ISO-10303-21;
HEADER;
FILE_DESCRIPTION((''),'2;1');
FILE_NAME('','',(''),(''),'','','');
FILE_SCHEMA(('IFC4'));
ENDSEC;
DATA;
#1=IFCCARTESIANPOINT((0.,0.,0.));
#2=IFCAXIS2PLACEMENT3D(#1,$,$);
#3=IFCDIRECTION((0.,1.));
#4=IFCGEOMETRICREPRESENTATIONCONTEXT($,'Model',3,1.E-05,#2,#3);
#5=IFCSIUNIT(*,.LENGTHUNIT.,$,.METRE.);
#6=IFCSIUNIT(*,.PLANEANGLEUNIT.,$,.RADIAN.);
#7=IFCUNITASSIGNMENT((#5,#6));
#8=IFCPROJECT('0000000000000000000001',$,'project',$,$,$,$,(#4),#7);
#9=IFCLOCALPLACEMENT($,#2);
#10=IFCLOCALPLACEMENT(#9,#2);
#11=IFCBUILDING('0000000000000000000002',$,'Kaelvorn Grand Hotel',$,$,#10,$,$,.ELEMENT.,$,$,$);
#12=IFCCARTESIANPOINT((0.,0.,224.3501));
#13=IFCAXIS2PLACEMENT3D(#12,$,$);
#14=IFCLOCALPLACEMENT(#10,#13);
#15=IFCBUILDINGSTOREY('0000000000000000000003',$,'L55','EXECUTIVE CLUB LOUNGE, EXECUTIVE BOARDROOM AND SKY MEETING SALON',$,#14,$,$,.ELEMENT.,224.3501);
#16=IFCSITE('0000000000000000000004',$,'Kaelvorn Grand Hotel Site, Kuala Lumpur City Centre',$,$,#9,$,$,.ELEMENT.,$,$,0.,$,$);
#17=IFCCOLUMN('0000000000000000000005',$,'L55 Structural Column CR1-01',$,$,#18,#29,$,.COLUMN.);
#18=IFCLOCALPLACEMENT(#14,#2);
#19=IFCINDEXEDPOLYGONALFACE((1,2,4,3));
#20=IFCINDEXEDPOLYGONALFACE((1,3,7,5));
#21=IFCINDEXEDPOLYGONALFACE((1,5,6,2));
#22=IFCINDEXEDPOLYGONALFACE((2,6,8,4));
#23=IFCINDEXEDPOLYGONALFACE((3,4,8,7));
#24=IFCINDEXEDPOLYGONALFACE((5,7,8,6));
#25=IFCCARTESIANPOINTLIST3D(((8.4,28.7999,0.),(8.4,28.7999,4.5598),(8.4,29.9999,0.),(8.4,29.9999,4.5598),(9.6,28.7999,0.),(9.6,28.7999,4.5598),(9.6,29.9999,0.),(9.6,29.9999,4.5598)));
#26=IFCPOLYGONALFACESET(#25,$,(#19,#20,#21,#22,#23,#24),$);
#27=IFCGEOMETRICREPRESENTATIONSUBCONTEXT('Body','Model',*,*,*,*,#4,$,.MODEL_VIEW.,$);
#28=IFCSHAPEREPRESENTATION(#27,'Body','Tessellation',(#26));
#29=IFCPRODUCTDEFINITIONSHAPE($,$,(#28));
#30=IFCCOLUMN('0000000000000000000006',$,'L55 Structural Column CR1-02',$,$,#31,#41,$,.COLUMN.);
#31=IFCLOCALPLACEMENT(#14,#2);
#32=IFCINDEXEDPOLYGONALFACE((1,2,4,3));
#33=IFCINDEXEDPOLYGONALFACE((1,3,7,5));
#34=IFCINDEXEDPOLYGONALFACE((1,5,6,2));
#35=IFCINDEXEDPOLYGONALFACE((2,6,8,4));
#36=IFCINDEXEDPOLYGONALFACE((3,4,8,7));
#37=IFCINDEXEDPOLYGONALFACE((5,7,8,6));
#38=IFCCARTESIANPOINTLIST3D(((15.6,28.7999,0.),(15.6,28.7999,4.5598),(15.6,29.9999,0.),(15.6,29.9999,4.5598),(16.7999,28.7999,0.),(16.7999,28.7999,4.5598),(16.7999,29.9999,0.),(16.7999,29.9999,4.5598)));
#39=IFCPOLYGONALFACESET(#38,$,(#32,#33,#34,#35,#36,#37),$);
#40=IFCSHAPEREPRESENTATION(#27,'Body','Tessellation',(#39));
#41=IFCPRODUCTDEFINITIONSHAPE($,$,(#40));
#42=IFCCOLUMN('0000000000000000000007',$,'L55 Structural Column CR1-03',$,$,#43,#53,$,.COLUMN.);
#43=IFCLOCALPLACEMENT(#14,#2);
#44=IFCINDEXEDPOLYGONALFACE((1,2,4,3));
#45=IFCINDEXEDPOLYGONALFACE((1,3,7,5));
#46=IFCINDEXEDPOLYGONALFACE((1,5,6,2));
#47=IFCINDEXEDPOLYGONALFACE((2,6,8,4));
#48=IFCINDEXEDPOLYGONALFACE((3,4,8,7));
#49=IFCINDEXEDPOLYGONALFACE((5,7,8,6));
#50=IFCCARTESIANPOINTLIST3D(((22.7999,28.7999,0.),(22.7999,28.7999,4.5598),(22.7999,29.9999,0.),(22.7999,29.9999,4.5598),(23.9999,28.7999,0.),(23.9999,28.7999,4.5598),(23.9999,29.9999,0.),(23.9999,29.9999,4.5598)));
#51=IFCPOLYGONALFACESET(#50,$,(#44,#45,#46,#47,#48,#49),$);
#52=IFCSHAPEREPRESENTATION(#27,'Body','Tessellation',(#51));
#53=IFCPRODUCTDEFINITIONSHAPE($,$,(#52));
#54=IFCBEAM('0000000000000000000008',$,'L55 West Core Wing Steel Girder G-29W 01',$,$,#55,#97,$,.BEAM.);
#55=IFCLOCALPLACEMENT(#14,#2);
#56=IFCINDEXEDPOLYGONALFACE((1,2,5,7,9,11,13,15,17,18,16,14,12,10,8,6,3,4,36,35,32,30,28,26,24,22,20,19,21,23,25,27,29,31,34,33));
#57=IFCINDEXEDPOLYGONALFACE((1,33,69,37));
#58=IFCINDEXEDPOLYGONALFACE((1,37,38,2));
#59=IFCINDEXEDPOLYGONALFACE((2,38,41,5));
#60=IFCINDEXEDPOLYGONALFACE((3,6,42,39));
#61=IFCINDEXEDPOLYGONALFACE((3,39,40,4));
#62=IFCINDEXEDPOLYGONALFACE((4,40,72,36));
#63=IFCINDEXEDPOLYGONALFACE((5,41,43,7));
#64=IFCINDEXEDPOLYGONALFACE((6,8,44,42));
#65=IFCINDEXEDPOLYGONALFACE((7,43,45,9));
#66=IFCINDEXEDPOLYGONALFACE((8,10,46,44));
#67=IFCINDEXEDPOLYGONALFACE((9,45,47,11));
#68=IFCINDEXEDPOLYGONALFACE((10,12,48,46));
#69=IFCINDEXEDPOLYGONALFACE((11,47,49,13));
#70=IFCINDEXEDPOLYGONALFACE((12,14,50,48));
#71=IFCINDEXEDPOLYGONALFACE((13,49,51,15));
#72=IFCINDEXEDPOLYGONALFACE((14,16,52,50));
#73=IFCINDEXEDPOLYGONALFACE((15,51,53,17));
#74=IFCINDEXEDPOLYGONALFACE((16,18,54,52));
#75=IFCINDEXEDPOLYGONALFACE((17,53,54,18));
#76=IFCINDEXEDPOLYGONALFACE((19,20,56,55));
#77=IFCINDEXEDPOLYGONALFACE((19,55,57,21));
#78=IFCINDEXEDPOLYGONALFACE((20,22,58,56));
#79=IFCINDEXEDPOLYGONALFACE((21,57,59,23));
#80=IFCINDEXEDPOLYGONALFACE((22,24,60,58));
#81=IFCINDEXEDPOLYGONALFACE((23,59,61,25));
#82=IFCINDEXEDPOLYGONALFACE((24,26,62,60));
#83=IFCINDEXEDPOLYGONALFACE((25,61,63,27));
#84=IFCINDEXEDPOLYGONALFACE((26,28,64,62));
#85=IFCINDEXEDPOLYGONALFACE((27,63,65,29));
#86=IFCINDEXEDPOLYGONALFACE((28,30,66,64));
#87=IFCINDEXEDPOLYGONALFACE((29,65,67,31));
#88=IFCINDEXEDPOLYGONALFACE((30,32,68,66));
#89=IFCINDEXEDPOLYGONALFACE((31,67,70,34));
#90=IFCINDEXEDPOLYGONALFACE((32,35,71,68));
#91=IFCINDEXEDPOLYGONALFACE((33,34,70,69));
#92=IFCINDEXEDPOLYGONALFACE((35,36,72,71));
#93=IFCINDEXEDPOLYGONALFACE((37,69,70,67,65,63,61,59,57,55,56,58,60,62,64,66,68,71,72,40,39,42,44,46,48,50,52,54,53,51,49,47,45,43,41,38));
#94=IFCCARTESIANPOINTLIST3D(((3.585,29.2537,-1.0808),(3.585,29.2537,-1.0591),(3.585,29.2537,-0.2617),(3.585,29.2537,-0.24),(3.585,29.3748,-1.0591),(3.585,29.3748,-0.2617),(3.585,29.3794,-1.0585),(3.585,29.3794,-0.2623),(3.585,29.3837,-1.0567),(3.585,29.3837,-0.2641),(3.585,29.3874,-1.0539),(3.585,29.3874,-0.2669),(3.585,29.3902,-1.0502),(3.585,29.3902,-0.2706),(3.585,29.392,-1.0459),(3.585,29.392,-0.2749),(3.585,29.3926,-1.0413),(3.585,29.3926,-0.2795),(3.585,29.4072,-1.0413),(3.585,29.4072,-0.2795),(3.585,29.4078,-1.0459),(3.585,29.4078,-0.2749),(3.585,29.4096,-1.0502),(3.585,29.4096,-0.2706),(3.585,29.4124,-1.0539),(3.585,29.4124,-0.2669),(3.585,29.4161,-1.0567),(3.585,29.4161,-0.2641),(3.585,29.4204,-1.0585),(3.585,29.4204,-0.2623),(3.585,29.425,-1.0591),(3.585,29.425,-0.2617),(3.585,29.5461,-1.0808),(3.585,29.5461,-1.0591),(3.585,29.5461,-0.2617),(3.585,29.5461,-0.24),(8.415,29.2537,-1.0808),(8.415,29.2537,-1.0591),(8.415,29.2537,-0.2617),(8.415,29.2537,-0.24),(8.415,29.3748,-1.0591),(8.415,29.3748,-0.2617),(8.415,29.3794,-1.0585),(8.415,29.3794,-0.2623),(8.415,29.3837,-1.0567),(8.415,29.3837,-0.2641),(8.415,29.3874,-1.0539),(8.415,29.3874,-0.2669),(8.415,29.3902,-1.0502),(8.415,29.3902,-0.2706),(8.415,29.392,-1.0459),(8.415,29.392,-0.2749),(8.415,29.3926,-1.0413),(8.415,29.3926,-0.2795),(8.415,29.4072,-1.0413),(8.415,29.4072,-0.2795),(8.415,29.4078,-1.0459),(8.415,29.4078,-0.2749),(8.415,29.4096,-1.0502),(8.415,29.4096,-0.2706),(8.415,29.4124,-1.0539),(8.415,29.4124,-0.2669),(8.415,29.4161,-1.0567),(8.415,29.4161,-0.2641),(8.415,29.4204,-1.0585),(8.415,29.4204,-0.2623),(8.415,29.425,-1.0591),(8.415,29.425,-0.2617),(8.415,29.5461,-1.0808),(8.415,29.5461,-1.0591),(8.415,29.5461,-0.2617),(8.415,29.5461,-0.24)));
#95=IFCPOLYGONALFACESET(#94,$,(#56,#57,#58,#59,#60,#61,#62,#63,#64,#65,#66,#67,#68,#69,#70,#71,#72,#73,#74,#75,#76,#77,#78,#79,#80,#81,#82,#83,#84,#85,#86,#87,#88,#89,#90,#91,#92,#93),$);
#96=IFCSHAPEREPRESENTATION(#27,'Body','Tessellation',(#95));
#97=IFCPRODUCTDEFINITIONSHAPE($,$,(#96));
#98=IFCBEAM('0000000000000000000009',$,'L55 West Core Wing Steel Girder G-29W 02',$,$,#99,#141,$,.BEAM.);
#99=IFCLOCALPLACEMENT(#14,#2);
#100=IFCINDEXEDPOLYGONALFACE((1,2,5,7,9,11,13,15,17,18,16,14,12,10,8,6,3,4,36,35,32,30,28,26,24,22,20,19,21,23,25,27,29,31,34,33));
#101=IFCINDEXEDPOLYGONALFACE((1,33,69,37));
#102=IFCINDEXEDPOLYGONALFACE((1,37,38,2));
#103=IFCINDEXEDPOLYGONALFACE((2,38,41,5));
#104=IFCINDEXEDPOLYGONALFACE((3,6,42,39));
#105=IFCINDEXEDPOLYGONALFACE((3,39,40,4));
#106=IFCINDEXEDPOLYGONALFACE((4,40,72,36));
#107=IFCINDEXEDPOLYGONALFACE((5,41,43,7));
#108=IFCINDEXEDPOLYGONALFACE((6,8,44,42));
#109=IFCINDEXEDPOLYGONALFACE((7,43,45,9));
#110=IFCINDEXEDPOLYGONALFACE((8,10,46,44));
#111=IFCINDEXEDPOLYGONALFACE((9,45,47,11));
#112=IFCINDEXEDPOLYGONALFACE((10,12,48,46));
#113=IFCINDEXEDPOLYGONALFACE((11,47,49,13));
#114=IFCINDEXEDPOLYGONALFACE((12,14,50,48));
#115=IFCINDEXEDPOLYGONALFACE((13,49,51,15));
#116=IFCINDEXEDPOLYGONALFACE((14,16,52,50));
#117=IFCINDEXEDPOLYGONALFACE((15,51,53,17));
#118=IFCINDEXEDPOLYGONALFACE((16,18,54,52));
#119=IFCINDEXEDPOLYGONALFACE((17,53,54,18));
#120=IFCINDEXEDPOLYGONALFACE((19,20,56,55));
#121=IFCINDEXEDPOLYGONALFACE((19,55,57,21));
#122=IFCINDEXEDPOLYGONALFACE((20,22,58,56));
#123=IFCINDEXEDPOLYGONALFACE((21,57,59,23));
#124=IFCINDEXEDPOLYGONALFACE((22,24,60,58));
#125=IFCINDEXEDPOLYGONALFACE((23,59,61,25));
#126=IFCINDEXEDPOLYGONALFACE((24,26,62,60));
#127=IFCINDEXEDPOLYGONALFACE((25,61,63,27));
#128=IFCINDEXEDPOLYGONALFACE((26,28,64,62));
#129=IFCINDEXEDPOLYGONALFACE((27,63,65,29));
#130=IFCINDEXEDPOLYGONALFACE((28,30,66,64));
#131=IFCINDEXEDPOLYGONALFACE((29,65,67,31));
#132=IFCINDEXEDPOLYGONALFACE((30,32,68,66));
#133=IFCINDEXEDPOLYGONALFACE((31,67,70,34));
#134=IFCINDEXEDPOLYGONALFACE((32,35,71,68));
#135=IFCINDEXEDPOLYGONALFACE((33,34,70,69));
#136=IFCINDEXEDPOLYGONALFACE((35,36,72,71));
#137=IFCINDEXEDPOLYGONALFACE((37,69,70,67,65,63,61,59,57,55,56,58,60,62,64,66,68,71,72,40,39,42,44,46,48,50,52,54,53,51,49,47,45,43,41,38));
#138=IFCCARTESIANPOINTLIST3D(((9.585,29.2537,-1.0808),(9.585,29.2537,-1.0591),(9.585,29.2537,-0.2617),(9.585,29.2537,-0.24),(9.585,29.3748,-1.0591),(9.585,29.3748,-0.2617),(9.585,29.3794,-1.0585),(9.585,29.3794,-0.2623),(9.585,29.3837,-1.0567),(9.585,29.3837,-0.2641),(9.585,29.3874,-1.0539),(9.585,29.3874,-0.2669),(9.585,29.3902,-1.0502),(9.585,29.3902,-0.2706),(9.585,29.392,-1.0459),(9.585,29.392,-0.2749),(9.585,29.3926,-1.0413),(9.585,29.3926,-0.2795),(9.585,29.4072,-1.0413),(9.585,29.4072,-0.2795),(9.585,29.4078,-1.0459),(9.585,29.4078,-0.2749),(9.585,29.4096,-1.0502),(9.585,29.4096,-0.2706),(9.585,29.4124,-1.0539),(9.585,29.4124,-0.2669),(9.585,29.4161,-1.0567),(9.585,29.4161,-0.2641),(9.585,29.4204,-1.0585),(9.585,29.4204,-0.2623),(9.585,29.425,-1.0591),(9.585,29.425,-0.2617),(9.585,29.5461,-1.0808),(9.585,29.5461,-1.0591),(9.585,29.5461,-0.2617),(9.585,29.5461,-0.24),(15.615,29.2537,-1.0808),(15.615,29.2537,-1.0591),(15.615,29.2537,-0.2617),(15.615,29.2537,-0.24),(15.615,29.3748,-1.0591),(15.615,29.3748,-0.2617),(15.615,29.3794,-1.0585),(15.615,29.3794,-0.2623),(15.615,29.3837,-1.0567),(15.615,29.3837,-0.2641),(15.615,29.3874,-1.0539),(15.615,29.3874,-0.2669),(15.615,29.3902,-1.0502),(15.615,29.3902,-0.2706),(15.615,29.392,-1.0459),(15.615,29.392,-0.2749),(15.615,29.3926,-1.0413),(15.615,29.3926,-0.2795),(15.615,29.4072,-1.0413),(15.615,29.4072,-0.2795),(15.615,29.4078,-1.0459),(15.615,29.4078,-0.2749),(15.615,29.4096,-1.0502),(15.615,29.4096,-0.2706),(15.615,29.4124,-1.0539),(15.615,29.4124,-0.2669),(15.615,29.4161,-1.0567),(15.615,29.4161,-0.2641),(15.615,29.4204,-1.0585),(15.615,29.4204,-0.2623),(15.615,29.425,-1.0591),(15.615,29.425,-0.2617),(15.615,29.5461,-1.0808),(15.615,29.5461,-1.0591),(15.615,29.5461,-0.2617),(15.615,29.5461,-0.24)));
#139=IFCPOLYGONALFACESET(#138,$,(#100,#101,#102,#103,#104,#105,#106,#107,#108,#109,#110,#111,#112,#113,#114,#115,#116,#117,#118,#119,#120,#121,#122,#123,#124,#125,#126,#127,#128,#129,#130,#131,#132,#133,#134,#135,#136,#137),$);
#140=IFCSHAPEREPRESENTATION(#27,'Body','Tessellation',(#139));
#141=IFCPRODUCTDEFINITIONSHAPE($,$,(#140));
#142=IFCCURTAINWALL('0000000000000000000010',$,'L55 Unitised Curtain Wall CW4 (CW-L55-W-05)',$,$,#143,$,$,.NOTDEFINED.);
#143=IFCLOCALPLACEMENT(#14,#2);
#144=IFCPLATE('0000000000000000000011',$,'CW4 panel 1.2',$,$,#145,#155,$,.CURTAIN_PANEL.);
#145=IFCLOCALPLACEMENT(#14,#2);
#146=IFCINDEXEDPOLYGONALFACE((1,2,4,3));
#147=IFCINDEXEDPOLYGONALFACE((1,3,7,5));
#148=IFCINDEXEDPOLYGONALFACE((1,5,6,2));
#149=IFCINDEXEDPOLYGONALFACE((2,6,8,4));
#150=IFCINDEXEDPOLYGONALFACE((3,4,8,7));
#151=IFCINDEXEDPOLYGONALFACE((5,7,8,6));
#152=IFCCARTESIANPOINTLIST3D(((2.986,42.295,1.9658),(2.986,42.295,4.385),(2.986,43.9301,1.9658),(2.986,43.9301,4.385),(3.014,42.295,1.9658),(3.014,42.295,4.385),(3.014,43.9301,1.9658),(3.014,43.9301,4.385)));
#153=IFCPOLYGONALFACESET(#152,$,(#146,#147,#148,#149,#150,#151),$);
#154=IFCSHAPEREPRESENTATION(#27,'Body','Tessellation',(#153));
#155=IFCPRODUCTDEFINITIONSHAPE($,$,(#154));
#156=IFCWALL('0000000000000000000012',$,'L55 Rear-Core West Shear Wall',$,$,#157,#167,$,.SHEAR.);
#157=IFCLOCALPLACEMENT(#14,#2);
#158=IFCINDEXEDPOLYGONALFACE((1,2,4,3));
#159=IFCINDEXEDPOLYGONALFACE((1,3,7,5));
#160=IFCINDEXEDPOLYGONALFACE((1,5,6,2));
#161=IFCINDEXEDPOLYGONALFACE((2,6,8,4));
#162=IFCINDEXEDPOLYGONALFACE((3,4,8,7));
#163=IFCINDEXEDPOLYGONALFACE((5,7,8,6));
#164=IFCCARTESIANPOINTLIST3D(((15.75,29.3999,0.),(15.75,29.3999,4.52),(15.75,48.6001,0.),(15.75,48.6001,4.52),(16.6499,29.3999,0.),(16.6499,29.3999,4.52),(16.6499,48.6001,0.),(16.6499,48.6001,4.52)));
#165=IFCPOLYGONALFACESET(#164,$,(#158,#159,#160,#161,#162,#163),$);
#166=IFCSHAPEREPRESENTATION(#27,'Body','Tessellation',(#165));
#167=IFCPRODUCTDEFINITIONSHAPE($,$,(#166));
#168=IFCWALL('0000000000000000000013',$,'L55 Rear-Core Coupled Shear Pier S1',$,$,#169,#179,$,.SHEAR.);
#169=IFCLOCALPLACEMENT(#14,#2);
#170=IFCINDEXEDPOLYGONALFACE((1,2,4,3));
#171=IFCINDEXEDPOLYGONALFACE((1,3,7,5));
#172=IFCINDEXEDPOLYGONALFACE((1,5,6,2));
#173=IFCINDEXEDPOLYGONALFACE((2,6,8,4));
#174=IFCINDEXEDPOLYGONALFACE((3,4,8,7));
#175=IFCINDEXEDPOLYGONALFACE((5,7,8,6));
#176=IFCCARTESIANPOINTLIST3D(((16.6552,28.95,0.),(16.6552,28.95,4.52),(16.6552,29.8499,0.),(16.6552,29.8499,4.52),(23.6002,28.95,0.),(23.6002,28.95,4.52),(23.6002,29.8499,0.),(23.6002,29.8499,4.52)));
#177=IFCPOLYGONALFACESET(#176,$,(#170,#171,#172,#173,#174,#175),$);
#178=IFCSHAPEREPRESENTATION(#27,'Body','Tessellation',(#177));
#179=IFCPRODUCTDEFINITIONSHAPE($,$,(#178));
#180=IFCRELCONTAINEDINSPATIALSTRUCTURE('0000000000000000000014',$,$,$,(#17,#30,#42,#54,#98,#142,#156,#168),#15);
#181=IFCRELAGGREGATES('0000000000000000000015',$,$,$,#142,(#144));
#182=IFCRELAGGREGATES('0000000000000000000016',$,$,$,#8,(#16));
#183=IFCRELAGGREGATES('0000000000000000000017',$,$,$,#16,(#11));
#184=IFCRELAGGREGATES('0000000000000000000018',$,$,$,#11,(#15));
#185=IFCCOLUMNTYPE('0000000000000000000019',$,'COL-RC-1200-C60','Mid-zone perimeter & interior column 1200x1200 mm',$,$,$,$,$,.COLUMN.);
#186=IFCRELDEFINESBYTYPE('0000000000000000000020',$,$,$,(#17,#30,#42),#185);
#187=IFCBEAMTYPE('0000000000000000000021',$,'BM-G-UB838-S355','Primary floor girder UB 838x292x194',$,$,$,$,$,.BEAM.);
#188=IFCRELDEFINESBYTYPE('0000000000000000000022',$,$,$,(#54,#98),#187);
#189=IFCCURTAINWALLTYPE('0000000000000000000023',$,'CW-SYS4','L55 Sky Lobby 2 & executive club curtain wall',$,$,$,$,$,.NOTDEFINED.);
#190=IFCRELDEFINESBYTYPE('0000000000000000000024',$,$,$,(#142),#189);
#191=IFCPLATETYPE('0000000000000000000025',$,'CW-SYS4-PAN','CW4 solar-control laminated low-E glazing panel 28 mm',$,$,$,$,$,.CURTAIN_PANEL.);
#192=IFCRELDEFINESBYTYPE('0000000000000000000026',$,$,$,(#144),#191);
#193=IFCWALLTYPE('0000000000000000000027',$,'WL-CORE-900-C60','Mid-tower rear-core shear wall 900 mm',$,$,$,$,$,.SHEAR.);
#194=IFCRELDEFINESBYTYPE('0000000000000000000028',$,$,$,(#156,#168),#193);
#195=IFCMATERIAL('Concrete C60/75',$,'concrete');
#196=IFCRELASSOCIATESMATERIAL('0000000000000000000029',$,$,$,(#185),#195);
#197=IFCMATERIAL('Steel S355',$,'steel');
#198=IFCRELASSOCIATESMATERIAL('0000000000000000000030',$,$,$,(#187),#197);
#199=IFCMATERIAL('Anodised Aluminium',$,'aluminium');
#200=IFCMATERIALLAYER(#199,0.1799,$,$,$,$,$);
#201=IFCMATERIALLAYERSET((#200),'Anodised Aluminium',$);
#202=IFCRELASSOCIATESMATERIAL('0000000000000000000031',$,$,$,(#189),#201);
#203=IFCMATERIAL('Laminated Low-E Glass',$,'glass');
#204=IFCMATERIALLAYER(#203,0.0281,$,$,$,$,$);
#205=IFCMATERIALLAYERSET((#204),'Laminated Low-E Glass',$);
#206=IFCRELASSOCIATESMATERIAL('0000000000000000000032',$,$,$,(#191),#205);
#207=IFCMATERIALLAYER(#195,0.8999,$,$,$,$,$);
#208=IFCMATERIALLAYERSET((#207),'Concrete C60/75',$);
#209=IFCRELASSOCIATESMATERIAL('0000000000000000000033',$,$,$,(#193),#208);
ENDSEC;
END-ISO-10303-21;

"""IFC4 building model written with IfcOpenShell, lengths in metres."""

from ifc_helpers import new_model, si_unit, direction, frame, frame_2d, origin, origin_2d, place, context, subcontext, project, spatial, rectangle, i_section, extrude, material, layer, layer_set, material_profile, profile_set, type_object, element, aggregate, save


model = new_model("IFC4")

# Units and contexts
model_context = context("Model", 3, precision=1e-05, world=origin(), true_north=direction((0.0, 1.0)))
body_context = subcontext(model_context, "Body", "Model", "MODEL_VIEW")
ifc_project = project(units=[si_unit("LENGTHUNIT", "METRE"), si_unit("PLANEANGLEUNIT", "RADIAN")], contexts=[model_context])

# Site, building, storey
site_placement = place(None, origin())
site = spatial("IfcSite", under=ifc_project, at=site_placement, Name="Kaelvorn Grand Hotel Site, Kuala Lumpur City Centre", CompositionType="ELEMENT", RefElevation=0.0)
building_placement = place(site_placement, origin())
building = spatial("IfcBuilding", under=site, at=building_placement, Name="Kaelvorn Grand Hotel", CompositionType="ELEMENT")
storey_placement = place(building_placement, frame((0.0, 0.0, 224.3501)))
storey = spatial("IfcBuildingStorey", under=building, at=storey_placement, Name="L55", Description="EXECUTIVE CLUB LOUNGE, EXECUTIVE BOARDROOM AND SKY MEETING SALON", CompositionType="ELEMENT", Elevation=224.3501)

# Columns
ifc_material_1 = material(Name="Concrete C60/75", Category="concrete")
ifc_material_profile_1 = material_profile(ifc_material_1, rectangle(XDim=1.2, YDim=1.2, at=origin_2d()), Name="RC COL 1200x1200")
ifc_profile_set_1 = profile_set([ifc_material_profile_1], Name="Concrete C60/75")
column_type = type_object("IfcColumnType", Name="COL-RC-1200-C60", Description="Mid-zone perimeter & interior column 1200x1200 mm", PredefinedType="COLUMN", material=ifc_profile_set_1)
for number, where, z_axis, x_axis, name in (
    (1, (9.0, 29.3999, 0.0), (0.0, 0.0, 1.0), (1.0, 0.0, 0.0), "L55 Structural Column CR1-01"),
    (2, (16.2, 29.3999, 0.0), (0.0, 0.0, 1.0), (1.0, 0.0, 0.0), "L55 Structural Column CR1-02"),
    (3, (23.3999, 29.3999, 0.0), (0.0, 0.0, 1.0), (1.0, 0.0, 0.0), "L55 Structural Column CR1-03"),
):
    element("IfcColumn", number, at=place(storey_placement, frame(where, z_axis=z_axis, x_axis=x_axis)), inside=storey, type_object=column_type, Name=name, PredefinedType="COLUMN", context=body_context, shape_type="SweptSolid", body=[
        extrude(rectangle(XDim=1.2, YDim=1.2, at=origin_2d()), origin(), (0.0, 0.0, 1.0), 4.5598),
    ])

# Beams
ifc_material_2 = material(Name="Steel S355", Category="steel")
ifc_material_profile_2 = material_profile(ifc_material_2, i_section(OverallWidth=0.2925, OverallDepth=0.8408, WebThickness=0.0146, FlangeThickness=0.0217, FilletRadius=0.0178, at=origin_2d()), Name="UB 838x292x194")
ifc_profile_set_2 = profile_set([ifc_material_profile_2], Name="Steel S355")
beam_type = type_object("IfcBeamType", Name="BM-G-UB838-S355", Description="Primary floor girder UB 838x292x194", PredefinedType="BEAM", material=ifc_profile_set_2)
beam_1_placement = place(storey_placement, frame((3.585, 29.3999, -0.6604), z_axis=(1.0, 0.0, 0.0), x_axis=(0.0, 1.0, 0.0)))
element("IfcBeam", 4, at=beam_1_placement, inside=storey, type_object=beam_type, Name="L55 West Core Wing Steel Girder G-29W 01", PredefinedType="BEAM", context=body_context, shape_type="SweptSolid", body=[
    extrude(i_section(OverallWidth=0.2925, OverallDepth=0.8408, WebThickness=0.0146, FlangeThickness=0.0217, FilletRadius=0.0178, at=origin_2d()), origin(), (0.0, 0.0, 1.0), 4.8301),
])
beam_2_placement = place(storey_placement, frame((9.585, 29.3999, -0.6604), z_axis=(1.0, 0.0, 0.0), x_axis=(0.0, 1.0, 0.0)))
element("IfcBeam", 5, at=beam_2_placement, inside=storey, type_object=beam_type, Name="L55 West Core Wing Steel Girder G-29W 02", PredefinedType="BEAM", context=body_context, shape_type="SweptSolid", body=[
    extrude(i_section(OverallWidth=0.2925, OverallDepth=0.8408, WebThickness=0.0146, FlangeThickness=0.0217, FilletRadius=0.0178, at=origin_2d()), origin(), (0.0, 0.0, 1.0), 6.03),
])

# Curtain wall, plate
ifc_material_3 = material(Name="Anodised Aluminium", Category="aluminium")
ifc_layer_1 = layer(ifc_material_3, 0.1799)
ifc_layer_set_1 = layer_set([ifc_layer_1], Name="Anodised Aluminium")
curtain_wall_type = type_object("IfcCurtainWallType", Name="CW-SYS4", Description="L55 Sky Lobby 2 & executive club curtain wall", PredefinedType="NOTDEFINED", material=ifc_layer_set_1)
curtain_wall_placement = place(storey_placement, origin())
curtain_wall = element("IfcCurtainWall", 6, at=curtain_wall_placement, inside=storey, type_object=curtain_wall_type, Name="L55 Unitised Curtain Wall CW4 (CW-L55-W-05)", PredefinedType="NOTDEFINED")
ifc_material_4 = material(Name="Laminated Low-E Glass", Category="glass")
ifc_layer_2 = layer(ifc_material_4, 0.0281)
ifc_layer_set_2 = layer_set([ifc_layer_2], Name="Laminated Low-E Glass")
plate_type = type_object("IfcPlateType", Name="CW-SYS4-PAN", Description="CW4 solar-control laminated low-E glazing panel 28 mm", PredefinedType="CURTAIN_PANEL", material=ifc_layer_set_2)
plate_placement = place(storey_placement, frame((3.0, 43.1125, 1.9658), z_axis=(0.0, 0.0, 1.0), x_axis=(0.0, -1.0, 0.0)))
plate = element("IfcPlate", 7, at=plate_placement, type_object=plate_type, Name="CW4 panel 1.2", PredefinedType="CURTAIN_PANEL", context=body_context, shape_type="SweptSolid", body=[
    extrude(rectangle(XDim=1.635, YDim=0.0281, at=origin_2d()), origin(), (0.0, 0.0, 1.0), 2.4192),
])
aggregate(curtain_wall, [plate])

# Walls
ifc_layer_3 = layer(ifc_material_1, 0.8999)
ifc_layer_set_3 = layer_set([ifc_layer_3], Name="Concrete C60/75")
wall_type_1 = type_object("IfcWallType", Name="WL-CORE-900-C60", Description="Mid-tower rear-core shear wall 900 mm", PredefinedType="SHEAR", material=ifc_layer_set_3)
wall_1_placement = place(storey_placement, frame((16.2, 29.3999, 0.0), z_axis=(0.0, 0.0, 1.0), x_axis=(0.0, 1.0, 0.0)))
element("IfcWall", 8, at=wall_1_placement, inside=storey, type_object=wall_type_1, Name="L55 Rear-Core West Shear Wall", PredefinedType="SHEAR", context=body_context, shape_type="SweptSolid", body=[
    extrude(rectangle(XDim=19.2002, YDim=0.8999, at=frame_2d((9.6001, 0.0))), origin(), (0.0, 0.0, 1.0), 4.52),
])
wall_2_placement = place(storey_placement, frame((16.655, 29.3999, 0.0), z_axis=(0.0, 0.0, 1.0), x_axis=(1.0, 0.0, 0.0)))
element("IfcWall", 9, at=wall_2_placement, inside=storey, type_object=wall_type_1, Name="L55 Rear-Core Coupled Shear Pier S1", PredefinedType="SHEAR", context=body_context, shape_type="SweptSolid", body=[
    extrude(rectangle(XDim=6.9451, YDim=0.8999, at=frame_2d((3.4727, 0.0))), origin(), (0.0, 0.0, 1.0), 4.52),
])

save(model, "model.ifc")
